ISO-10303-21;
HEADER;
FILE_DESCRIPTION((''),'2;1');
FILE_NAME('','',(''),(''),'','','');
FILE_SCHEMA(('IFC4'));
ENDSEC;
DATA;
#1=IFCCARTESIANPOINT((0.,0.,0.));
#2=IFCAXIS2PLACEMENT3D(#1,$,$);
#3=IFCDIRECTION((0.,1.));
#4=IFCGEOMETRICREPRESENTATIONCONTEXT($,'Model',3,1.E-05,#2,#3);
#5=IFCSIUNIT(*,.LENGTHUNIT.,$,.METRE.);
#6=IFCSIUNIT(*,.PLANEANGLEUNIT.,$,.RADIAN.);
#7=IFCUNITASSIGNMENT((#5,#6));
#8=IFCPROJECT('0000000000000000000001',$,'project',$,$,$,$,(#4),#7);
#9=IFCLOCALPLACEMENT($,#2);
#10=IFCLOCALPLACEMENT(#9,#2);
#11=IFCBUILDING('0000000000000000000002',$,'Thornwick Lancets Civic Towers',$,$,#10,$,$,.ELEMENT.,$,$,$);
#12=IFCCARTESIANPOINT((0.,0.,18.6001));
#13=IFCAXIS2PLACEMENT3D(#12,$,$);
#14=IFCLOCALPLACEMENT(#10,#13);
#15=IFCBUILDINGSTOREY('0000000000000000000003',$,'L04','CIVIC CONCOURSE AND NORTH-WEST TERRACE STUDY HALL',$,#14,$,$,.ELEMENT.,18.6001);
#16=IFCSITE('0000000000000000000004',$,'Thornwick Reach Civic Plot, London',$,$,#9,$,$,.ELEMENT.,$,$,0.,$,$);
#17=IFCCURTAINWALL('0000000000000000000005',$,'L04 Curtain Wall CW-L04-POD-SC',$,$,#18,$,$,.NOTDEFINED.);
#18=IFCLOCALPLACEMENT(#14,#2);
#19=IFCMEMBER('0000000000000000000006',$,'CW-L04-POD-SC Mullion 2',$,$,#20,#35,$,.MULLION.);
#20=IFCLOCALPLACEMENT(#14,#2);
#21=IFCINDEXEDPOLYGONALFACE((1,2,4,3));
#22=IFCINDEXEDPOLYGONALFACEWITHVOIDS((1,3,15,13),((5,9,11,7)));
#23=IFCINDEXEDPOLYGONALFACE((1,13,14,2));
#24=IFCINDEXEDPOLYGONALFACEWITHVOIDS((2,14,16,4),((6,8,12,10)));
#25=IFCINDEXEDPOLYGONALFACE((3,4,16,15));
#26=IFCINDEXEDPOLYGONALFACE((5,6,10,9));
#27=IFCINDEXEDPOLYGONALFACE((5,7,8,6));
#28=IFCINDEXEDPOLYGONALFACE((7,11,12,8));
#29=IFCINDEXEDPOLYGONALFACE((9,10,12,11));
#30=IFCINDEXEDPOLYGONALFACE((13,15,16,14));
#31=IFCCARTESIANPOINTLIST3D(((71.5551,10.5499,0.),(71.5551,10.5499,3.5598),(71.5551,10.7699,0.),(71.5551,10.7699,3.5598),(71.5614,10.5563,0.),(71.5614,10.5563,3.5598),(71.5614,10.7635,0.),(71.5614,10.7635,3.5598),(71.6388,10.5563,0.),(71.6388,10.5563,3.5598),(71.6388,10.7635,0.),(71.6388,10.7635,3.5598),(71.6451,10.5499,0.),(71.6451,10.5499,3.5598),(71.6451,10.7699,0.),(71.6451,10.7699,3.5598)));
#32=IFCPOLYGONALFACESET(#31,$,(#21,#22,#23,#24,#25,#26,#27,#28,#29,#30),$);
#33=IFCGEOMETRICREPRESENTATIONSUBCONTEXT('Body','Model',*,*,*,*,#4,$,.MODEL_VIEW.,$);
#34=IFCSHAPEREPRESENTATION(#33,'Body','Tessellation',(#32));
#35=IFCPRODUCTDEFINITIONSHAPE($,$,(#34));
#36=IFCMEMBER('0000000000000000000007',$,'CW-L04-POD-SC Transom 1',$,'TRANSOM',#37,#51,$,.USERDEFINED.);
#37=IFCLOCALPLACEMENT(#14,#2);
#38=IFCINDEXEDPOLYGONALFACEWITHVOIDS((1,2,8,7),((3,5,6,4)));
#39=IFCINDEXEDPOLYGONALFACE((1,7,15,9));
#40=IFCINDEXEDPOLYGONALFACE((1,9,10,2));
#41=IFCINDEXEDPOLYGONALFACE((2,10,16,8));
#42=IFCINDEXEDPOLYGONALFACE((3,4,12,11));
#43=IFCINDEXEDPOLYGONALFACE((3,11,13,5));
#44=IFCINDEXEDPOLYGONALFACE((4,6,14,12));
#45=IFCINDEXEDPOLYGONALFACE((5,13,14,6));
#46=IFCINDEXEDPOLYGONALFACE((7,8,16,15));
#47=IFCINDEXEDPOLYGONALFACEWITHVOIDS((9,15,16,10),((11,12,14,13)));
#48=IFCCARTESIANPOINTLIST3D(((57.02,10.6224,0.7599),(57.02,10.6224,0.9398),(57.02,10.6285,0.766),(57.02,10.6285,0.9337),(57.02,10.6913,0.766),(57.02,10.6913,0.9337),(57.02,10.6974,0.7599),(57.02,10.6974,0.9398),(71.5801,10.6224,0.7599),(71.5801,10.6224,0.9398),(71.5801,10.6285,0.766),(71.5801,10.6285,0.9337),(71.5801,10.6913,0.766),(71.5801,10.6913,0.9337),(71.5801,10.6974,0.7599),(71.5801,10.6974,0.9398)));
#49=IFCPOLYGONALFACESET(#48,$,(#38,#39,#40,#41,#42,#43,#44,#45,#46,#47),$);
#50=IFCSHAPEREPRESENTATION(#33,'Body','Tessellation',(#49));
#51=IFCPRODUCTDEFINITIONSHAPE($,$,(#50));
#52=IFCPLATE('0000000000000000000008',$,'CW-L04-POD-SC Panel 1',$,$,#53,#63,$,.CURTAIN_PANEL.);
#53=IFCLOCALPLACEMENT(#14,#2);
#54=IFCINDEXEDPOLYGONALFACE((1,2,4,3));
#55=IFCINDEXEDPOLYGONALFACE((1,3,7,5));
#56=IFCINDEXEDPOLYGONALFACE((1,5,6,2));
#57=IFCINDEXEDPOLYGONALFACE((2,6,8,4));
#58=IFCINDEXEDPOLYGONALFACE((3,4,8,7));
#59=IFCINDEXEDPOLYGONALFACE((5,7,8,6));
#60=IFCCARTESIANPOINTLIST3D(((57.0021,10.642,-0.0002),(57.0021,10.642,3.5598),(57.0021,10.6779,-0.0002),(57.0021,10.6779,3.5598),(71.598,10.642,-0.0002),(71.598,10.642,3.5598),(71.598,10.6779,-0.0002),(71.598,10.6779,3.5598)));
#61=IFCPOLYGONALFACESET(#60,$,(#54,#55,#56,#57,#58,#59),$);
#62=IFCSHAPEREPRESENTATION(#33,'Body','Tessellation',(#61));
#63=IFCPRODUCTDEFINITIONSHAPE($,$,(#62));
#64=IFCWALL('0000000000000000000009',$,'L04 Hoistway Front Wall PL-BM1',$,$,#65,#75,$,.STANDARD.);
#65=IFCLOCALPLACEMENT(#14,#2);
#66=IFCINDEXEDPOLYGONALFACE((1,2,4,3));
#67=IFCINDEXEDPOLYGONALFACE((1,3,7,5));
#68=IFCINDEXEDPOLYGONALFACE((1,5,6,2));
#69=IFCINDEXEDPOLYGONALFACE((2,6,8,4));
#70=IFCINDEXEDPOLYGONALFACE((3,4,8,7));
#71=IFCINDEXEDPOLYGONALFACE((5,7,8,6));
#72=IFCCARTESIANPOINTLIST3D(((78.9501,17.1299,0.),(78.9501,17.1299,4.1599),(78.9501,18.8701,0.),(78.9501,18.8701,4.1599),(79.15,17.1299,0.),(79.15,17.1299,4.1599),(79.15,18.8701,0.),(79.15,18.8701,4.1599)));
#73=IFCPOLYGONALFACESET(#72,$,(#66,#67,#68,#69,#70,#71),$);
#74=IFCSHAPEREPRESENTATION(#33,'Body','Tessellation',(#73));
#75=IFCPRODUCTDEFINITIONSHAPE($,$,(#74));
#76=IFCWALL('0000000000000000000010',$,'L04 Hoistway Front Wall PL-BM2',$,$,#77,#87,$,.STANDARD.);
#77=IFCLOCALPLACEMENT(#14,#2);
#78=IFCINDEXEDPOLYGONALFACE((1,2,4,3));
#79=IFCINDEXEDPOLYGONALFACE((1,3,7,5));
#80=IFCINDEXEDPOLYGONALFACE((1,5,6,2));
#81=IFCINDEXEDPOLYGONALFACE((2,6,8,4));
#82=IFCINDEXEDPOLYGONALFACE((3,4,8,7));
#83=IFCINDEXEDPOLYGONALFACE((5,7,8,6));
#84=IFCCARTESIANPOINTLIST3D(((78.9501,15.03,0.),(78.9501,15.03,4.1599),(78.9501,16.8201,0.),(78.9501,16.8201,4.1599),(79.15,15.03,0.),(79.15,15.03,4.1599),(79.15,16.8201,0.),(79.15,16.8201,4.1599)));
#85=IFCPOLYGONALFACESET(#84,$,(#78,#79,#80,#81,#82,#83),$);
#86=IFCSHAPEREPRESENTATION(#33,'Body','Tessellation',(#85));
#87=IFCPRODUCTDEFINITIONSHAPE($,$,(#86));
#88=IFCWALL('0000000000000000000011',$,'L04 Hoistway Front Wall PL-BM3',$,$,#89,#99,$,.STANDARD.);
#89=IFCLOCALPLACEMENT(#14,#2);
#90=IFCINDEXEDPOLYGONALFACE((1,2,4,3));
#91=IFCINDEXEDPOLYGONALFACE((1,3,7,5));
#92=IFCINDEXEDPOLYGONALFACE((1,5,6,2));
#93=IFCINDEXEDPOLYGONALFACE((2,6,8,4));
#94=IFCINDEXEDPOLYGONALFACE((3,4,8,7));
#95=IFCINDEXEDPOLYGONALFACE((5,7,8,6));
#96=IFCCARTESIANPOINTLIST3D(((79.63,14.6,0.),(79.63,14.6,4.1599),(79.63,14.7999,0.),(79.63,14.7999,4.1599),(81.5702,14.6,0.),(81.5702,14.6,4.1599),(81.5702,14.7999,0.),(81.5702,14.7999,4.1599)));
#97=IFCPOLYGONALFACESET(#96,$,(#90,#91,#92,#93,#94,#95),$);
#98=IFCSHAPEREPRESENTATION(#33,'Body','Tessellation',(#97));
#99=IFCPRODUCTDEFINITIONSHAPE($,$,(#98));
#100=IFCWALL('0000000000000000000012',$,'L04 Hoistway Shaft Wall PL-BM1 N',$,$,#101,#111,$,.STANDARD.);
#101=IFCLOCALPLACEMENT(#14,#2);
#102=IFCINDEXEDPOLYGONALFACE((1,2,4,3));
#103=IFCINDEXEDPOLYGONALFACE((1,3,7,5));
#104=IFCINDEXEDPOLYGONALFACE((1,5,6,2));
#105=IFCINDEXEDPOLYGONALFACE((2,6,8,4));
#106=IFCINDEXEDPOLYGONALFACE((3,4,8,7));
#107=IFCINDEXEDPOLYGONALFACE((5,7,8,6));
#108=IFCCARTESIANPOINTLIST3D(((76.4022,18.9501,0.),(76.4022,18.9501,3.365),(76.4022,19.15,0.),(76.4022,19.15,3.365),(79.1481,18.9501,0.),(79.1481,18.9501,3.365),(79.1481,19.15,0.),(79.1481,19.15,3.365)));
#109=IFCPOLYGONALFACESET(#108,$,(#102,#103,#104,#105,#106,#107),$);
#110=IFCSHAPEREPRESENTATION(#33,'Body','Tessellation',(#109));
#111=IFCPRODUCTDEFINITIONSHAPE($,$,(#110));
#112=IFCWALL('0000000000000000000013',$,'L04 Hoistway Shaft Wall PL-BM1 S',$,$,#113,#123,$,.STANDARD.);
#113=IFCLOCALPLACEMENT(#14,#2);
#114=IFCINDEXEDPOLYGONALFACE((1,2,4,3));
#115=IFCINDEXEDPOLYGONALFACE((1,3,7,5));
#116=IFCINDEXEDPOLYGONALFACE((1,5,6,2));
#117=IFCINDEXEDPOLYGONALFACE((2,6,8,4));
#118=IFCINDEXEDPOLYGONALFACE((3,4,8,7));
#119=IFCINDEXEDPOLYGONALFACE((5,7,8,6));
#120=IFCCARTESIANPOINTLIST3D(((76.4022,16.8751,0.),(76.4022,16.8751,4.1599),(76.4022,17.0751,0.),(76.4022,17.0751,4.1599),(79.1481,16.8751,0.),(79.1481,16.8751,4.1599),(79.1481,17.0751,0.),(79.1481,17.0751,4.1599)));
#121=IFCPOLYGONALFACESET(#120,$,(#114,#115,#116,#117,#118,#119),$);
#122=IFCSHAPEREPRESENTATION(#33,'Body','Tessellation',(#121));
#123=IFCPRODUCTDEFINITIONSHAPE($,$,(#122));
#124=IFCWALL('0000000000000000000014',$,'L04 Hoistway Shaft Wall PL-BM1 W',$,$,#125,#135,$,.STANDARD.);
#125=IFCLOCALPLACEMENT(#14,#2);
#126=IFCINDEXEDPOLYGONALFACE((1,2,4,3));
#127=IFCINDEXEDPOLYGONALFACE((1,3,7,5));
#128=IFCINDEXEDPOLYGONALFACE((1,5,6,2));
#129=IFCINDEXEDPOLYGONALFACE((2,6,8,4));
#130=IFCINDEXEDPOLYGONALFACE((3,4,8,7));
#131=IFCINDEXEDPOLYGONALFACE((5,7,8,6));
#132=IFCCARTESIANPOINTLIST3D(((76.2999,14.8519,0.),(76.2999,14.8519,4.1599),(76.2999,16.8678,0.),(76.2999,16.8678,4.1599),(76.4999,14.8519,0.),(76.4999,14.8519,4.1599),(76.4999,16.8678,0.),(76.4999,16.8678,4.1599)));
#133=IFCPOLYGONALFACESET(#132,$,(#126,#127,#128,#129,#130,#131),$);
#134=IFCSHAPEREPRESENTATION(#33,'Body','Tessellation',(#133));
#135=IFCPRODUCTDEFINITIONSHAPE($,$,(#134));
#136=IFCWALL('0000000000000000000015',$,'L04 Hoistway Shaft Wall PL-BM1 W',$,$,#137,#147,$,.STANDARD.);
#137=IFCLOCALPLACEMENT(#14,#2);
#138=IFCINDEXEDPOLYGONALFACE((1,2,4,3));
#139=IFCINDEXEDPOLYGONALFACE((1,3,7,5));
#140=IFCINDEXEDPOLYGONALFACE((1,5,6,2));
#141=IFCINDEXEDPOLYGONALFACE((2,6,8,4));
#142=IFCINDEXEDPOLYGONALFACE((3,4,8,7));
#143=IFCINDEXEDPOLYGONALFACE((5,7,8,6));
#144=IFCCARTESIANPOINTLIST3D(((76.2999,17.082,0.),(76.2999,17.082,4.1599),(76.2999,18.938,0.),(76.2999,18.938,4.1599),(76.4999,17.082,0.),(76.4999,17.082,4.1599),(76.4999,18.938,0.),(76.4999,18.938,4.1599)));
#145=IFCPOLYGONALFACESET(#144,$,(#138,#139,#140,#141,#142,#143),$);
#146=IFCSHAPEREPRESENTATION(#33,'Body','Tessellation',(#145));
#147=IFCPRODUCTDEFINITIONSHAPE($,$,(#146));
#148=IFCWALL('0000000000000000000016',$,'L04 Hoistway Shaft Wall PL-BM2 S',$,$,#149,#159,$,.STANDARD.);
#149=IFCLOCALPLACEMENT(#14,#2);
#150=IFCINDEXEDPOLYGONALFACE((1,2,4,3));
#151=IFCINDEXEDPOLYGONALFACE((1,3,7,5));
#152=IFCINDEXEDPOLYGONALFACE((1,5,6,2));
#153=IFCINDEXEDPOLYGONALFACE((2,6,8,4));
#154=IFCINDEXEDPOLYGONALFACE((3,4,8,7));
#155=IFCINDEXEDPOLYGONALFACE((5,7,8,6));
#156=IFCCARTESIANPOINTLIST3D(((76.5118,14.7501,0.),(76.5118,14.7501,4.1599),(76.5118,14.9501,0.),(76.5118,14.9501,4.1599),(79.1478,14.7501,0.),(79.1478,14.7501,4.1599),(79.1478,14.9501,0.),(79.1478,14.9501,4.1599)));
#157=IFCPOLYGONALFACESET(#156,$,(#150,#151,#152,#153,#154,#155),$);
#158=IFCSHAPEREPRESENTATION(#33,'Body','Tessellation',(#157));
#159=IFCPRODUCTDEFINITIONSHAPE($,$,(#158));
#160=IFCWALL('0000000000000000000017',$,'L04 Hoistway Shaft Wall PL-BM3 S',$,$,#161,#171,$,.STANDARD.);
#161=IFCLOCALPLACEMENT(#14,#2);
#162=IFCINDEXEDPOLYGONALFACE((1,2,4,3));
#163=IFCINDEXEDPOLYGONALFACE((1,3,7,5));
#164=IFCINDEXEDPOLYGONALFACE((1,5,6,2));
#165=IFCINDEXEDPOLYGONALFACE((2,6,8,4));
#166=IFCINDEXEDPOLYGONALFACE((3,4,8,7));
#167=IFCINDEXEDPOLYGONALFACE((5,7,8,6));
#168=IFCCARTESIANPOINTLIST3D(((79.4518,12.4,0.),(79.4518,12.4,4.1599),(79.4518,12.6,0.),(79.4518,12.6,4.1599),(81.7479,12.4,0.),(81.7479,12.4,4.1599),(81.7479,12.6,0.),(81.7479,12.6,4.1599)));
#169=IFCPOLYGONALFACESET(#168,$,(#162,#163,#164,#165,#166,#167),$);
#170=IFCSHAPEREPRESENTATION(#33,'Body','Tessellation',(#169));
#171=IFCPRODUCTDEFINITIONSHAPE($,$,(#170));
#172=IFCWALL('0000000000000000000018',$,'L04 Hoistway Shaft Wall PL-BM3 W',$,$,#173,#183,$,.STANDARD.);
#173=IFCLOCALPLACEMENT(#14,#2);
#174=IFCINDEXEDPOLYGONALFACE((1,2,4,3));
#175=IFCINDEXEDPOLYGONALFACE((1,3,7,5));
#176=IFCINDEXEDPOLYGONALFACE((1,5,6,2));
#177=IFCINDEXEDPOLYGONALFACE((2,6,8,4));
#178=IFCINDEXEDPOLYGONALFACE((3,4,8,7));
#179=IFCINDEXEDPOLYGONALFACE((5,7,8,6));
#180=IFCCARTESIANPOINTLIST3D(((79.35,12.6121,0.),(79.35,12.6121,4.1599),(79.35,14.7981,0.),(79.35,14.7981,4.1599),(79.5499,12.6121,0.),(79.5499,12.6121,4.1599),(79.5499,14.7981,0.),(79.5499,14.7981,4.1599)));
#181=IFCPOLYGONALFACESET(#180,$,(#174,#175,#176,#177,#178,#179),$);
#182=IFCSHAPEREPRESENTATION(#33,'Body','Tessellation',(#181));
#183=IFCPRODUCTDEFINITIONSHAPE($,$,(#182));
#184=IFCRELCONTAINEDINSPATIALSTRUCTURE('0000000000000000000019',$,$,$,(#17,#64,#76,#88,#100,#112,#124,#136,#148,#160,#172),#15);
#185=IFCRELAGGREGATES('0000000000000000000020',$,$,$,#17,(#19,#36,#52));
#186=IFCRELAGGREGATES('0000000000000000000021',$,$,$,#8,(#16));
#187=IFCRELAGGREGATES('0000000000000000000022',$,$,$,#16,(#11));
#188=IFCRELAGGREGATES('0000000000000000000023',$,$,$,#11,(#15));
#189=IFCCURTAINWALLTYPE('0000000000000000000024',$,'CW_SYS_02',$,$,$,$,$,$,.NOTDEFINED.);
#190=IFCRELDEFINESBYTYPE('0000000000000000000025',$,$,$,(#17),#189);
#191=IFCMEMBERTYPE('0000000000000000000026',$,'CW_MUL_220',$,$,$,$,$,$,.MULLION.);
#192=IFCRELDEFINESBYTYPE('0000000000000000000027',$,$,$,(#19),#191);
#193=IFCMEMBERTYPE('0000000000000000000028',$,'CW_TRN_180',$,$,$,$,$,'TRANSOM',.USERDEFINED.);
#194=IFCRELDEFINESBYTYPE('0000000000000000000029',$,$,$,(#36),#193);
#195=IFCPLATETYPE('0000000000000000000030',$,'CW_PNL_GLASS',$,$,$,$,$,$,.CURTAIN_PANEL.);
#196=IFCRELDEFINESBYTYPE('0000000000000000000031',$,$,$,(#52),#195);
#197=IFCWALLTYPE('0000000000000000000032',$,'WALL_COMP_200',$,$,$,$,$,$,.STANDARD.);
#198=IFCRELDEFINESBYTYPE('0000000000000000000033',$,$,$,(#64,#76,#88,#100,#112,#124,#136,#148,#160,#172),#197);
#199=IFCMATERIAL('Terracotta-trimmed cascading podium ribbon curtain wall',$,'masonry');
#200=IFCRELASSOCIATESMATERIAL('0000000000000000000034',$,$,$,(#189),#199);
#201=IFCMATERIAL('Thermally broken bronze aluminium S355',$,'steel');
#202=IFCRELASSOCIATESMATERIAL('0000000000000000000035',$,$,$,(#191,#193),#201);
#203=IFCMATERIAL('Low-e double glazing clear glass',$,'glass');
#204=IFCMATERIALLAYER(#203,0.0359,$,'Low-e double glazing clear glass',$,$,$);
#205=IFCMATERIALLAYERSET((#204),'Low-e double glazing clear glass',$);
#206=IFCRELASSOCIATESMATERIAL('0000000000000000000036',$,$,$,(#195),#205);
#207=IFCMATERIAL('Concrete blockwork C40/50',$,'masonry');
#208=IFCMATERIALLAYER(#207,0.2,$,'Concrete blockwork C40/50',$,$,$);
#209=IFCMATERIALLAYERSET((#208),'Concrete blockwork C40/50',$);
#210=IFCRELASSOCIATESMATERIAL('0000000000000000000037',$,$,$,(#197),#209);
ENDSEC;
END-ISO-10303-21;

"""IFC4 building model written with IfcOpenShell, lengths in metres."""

from ifc_helpers import new_model, si_unit, direction, frame, frame_2d, origin, origin_2d, place, context, subcontext, project, spatial, rectangle, hollow_rectangle, extrude, material, layer, layer_set, material_profile, profile_set, type_object, element, aggregate, save


model = new_model("IFC4")

# Units and contexts
model_context = context("Model", 3, precision=1e-05, world=origin(), true_north=direction((0.0, 1.0)))
body_context = subcontext(model_context, "Body", "Model", "MODEL_VIEW")
ifc_project = project(units=[si_unit("LENGTHUNIT", "METRE"), si_unit("PLANEANGLEUNIT", "RADIAN")], contexts=[model_context])

# Site, building, storey
site_placement = place(None, origin())
site = spatial("IfcSite", under=ifc_project, at=site_placement, Name="Thornwick Reach Civic Plot, London", CompositionType="ELEMENT", RefElevation=0.0)
building_placement = place(site_placement, origin())
building = spatial("IfcBuilding", under=site, at=building_placement, Name="Thornwick Lancets Civic Towers", CompositionType="ELEMENT")
storey_placement = place(building_placement, frame((0.0, 0.0, 18.6001)))
storey = spatial("IfcBuildingStorey", under=building, at=storey_placement, Name="L04", Description="CIVIC CONCOURSE AND NORTH-WEST TERRACE STUDY HALL", CompositionType="ELEMENT", Elevation=18.6001)

# Curtain wall, members, plate
ifc_material_1 = material(Name="Terracotta-trimmed cascading podium ribbon curtain wall", Category="masonry")
curtain_wall_type = type_object("IfcCurtainWallType", Name="CW_SYS_02", PredefinedType="NOTDEFINED", material=ifc_material_1)
curtain_wall_placement = place(storey_placement, origin())
curtain_wall = element("IfcCurtainWall", 1, at=curtain_wall_placement, inside=storey, type_object=curtain_wall_type, Name="L04 Curtain Wall CW-L04-POD-SC", PredefinedType="NOTDEFINED")
ifc_material_2 = material(Name="Thermally broken bronze aluminium S355", Category="steel")
ifc_material_profile_1 = material_profile(ifc_material_2, hollow_rectangle(XDim=0.0901, YDim=0.22, WallThickness=0.0063, at=origin_2d()), Name="RHS 220x90x6.3")
ifc_profile_set_1 = profile_set([ifc_material_profile_1], Name="Thermally broken bronze aluminium S355")
member_type_1 = type_object("IfcMemberType", Name="CW_MUL_220", PredefinedType="MULLION", material=ifc_profile_set_1)
member_1_placement = place(storey_placement, frame((71.6001, 10.6599, 0.0), z_axis=(0.0, 0.0, 1.0), x_axis=(1.0, 0.0, 0.0)))
member_1 = element("IfcMember", 2, at=member_1_placement, type_object=member_type_1, Name="CW-L04-POD-SC Mullion 2", PredefinedType="MULLION", context=body_context, shape_type="SweptSolid", body=[
    extrude(hollow_rectangle(XDim=0.0901, YDim=0.22, WallThickness=0.0063, at=origin_2d()), origin(), (0.0, 0.0, 1.0), 3.5598),
])
ifc_material_profile_2 = material_profile(ifc_material_2, hollow_rectangle(XDim=0.075, YDim=0.1799, WallThickness=0.0061, at=origin_2d()), Name="RHS 180x75x6")
ifc_profile_set_2 = profile_set([ifc_material_profile_2], Name="Thermally broken bronze aluminium S355")
member_type_2 = type_object("IfcMemberType", Name="CW_TRN_180", ElementType="TRANSOM", PredefinedType="USERDEFINED", material=ifc_profile_set_2)
member_2_placement = place(storey_placement, frame((57.02, 10.6599, 0.8499), z_axis=(1.0, 0.0, 0.0), x_axis=(0.0, 1.0, 0.0)))
member_2 = element("IfcMember", 3, at=member_2_placement, type_object=member_type_2, Name="CW-L04-POD-SC Transom 1", ObjectType="TRANSOM", PredefinedType="USERDEFINED", context=body_context, shape_type="SweptSolid", body=[
    extrude(hollow_rectangle(XDim=0.075, YDim=0.1799, WallThickness=0.0061, at=origin_2d()), origin(), (0.0, 0.0, 1.0), 14.5601),
])
ifc_material_3 = material(Name="Low-e double glazing clear glass", Category="glass")
ifc_layer_1 = layer(ifc_material_3, 0.0359, Name="Low-e double glazing clear glass")
ifc_layer_set_1 = layer_set([ifc_layer_1], Name="Low-e double glazing clear glass")
plate_type = type_object("IfcPlateType", Name="CW_PNL_GLASS", PredefinedType="CURTAIN_PANEL", material=ifc_layer_set_1)
plate_placement = place(storey_placement, frame((64.3, 10.6599, -0.0002), z_axis=(0.0, 0.0, 1.0), x_axis=(1.0, 0.0, 0.0)))
plate = element("IfcPlate", 4, at=plate_placement, type_object=plate_type, Name="CW-L04-POD-SC Panel 1", PredefinedType="CURTAIN_PANEL", context=body_context, shape_type="SweptSolid", body=[
    extrude(rectangle(XDim=14.5959, YDim=0.0359, at=origin_2d()), origin(), (0.0, 0.0, 1.0), 3.5601),
])
aggregate(curtain_wall, [member_1, member_2, plate])

# Walls
ifc_material_4 = material(Name="Concrete blockwork C40/50", Category="masonry")
ifc_layer_2 = layer(ifc_material_4, 0.2, Name="Concrete blockwork C40/50")
ifc_layer_set_2 = layer_set([ifc_layer_2], Name="Concrete blockwork C40/50")
wall_type_1 = type_object("IfcWallType", Name="WALL_COMP_200", PredefinedType="STANDARD", material=ifc_layer_set_2)
wall_1_placement = place(storey_placement, frame((79.05, 17.1299, 0.0), z_axis=(0.0, 0.0, 1.0), x_axis=(0.0, 1.0, 0.0)))
element("IfcWall", 5, at=wall_1_placement, inside=storey, type_object=wall_type_1, Name="L04 Hoistway Front Wall PL-BM1", PredefinedType="STANDARD", context=body_context, shape_type="SweptSolid", body=[
    extrude(rectangle(XDim=1.7402, YDim=0.2, at=frame_2d((0.8701, 0.0))), origin(), (0.0, 0.0, 1.0), 4.1599),
])
wall_2_placement = place(storey_placement, frame((79.05, 15.03, 0.0), z_axis=(0.0, 0.0, 1.0), x_axis=(0.0, 1.0, 0.0)))
element("IfcWall", 6, at=wall_2_placement, inside=storey, type_object=wall_type_1, Name="L04 Hoistway Front Wall PL-BM2", PredefinedType="STANDARD", context=body_context, shape_type="SweptSolid", body=[
    extrude(rectangle(XDim=1.79, YDim=0.2, at=frame_2d((0.895, 0.0))), origin(), (0.0, 0.0, 1.0), 4.1599),
])
wall_3_placement = place(storey_placement, frame((79.6299, 14.7, 0.0), z_axis=(0.0, 0.0, 1.0), x_axis=(1.0, 0.0, 0.0)))
element("IfcWall", 7, at=wall_3_placement, inside=storey, type_object=wall_type_1, Name="L04 Hoistway Front Wall PL-BM3", PredefinedType="STANDARD", context=body_context, shape_type="SweptSolid", body=[
    extrude(rectangle(XDim=1.9402, YDim=0.2, at=frame_2d((0.9702, 0.0))), origin(), (0.0, 0.0, 1.0), 4.1599),
])
wall_4_placement = place(storey_placement, frame((76.4021, 19.05, 0.0), z_axis=(0.0, 0.0, 1.0), x_axis=(1.0, 0.0, 0.0)))
element("IfcWall", 8, at=wall_4_placement, inside=storey, type_object=wall_type_1, Name="L04 Hoistway Shaft Wall PL-BM1 N", PredefinedType="STANDARD", context=body_context, shape_type="SweptSolid", body=[
    extrude(rectangle(XDim=2.7458, YDim=0.2, at=frame_2d((1.373, 0.0))), origin(), (0.0, 0.0, 1.0), 3.365),
])
wall_5_placement = place(storey_placement, frame((76.4021, 16.9751, 0.0), z_axis=(0.0, 0.0, 1.0), x_axis=(1.0, 0.0, 0.0)))
element("IfcWall", 9, at=wall_5_placement, inside=storey, type_object=wall_type_1, Name="L04 Hoistway Shaft Wall PL-BM1 S", PredefinedType="STANDARD", context=body_context, shape_type="SweptSolid", body=[
    extrude(rectangle(XDim=2.7458, YDim=0.2, at=frame_2d((1.373, 0.0))), origin(), (0.0, 0.0, 1.0), 4.1599),
])
wall_6_placement = place(storey_placement, frame((76.3999, 14.8521, 0.0), z_axis=(0.0, 0.0, 1.0), x_axis=(0.0, 1.0, 0.0)))
element("IfcWall", 10, at=wall_6_placement, inside=storey, type_object=wall_type_1, Name="L04 Hoistway Shaft Wall PL-BM1 W", PredefinedType="STANDARD", context=body_context, shape_type="SweptSolid", body=[
    extrude(rectangle(XDim=2.0159, YDim=0.2, at=frame_2d((1.0078, 0.0))), origin(), (0.0, 0.0, 1.0), 4.1599),
])
wall_7_placement = place(storey_placement, frame((76.3999, 17.082, 0.0), z_axis=(0.0, 0.0, 1.0), x_axis=(0.0, 1.0, 0.0)))
element("IfcWall", 11, at=wall_7_placement, inside=storey, type_object=wall_type_1, Name="L04 Hoistway Shaft Wall PL-BM1 W", PredefinedType="STANDARD", context=body_context, shape_type="SweptSolid", body=[
    extrude(rectangle(XDim=1.856, YDim=0.2, at=frame_2d((0.928, 0.0))), origin(), (0.0, 0.0, 1.0), 4.1599),
])
wall_8_placement = place(storey_placement, frame((76.512, 14.8501, 0.0), z_axis=(0.0, 0.0, 1.0), x_axis=(1.0, 0.0, 0.0)))
element("IfcWall", 12, at=wall_8_placement, inside=storey, type_object=wall_type_1, Name="L04 Hoistway Shaft Wall PL-BM2 S", PredefinedType="STANDARD", context=body_context, shape_type="SweptSolid", body=[
    extrude(rectangle(XDim=2.636, YDim=0.2, at=frame_2d((1.3179, 0.0))), origin(), (0.0, 0.0, 1.0), 4.1599),
])
wall_9_placement = place(storey_placement, frame((79.4519, 12.5, 0.0), z_axis=(0.0, 0.0, 1.0), x_axis=(1.0, 0.0, 0.0)))
element("IfcWall", 13, at=wall_9_placement, inside=storey, type_object=wall_type_1, Name="L04 Hoistway Shaft Wall PL-BM3 S", PredefinedType="STANDARD", context=body_context, shape_type="SweptSolid", body=[
    extrude(rectangle(XDim=2.2961, YDim=0.2, at=frame_2d((1.1479, 0.0))), origin(), (0.0, 0.0, 1.0), 4.1599),
])
wall_10_placement = place(storey_placement, frame((79.45, 12.6121, 0.0), z_axis=(0.0, 0.0, 1.0), x_axis=(0.0, 1.0, 0.0)))
element("IfcWall", 14, at=wall_10_placement, inside=storey, type_object=wall_type_1, Name="L04 Hoistway Shaft Wall PL-BM3 W", PredefinedType="STANDARD", context=body_context, shape_type="SweptSolid", body=[
    extrude(rectangle(XDim=2.186, YDim=0.2, at=frame_2d((1.093, 0.0))), origin(), (0.0, 0.0, 1.0), 4.1599),
])

save(model, "model.ifc")
